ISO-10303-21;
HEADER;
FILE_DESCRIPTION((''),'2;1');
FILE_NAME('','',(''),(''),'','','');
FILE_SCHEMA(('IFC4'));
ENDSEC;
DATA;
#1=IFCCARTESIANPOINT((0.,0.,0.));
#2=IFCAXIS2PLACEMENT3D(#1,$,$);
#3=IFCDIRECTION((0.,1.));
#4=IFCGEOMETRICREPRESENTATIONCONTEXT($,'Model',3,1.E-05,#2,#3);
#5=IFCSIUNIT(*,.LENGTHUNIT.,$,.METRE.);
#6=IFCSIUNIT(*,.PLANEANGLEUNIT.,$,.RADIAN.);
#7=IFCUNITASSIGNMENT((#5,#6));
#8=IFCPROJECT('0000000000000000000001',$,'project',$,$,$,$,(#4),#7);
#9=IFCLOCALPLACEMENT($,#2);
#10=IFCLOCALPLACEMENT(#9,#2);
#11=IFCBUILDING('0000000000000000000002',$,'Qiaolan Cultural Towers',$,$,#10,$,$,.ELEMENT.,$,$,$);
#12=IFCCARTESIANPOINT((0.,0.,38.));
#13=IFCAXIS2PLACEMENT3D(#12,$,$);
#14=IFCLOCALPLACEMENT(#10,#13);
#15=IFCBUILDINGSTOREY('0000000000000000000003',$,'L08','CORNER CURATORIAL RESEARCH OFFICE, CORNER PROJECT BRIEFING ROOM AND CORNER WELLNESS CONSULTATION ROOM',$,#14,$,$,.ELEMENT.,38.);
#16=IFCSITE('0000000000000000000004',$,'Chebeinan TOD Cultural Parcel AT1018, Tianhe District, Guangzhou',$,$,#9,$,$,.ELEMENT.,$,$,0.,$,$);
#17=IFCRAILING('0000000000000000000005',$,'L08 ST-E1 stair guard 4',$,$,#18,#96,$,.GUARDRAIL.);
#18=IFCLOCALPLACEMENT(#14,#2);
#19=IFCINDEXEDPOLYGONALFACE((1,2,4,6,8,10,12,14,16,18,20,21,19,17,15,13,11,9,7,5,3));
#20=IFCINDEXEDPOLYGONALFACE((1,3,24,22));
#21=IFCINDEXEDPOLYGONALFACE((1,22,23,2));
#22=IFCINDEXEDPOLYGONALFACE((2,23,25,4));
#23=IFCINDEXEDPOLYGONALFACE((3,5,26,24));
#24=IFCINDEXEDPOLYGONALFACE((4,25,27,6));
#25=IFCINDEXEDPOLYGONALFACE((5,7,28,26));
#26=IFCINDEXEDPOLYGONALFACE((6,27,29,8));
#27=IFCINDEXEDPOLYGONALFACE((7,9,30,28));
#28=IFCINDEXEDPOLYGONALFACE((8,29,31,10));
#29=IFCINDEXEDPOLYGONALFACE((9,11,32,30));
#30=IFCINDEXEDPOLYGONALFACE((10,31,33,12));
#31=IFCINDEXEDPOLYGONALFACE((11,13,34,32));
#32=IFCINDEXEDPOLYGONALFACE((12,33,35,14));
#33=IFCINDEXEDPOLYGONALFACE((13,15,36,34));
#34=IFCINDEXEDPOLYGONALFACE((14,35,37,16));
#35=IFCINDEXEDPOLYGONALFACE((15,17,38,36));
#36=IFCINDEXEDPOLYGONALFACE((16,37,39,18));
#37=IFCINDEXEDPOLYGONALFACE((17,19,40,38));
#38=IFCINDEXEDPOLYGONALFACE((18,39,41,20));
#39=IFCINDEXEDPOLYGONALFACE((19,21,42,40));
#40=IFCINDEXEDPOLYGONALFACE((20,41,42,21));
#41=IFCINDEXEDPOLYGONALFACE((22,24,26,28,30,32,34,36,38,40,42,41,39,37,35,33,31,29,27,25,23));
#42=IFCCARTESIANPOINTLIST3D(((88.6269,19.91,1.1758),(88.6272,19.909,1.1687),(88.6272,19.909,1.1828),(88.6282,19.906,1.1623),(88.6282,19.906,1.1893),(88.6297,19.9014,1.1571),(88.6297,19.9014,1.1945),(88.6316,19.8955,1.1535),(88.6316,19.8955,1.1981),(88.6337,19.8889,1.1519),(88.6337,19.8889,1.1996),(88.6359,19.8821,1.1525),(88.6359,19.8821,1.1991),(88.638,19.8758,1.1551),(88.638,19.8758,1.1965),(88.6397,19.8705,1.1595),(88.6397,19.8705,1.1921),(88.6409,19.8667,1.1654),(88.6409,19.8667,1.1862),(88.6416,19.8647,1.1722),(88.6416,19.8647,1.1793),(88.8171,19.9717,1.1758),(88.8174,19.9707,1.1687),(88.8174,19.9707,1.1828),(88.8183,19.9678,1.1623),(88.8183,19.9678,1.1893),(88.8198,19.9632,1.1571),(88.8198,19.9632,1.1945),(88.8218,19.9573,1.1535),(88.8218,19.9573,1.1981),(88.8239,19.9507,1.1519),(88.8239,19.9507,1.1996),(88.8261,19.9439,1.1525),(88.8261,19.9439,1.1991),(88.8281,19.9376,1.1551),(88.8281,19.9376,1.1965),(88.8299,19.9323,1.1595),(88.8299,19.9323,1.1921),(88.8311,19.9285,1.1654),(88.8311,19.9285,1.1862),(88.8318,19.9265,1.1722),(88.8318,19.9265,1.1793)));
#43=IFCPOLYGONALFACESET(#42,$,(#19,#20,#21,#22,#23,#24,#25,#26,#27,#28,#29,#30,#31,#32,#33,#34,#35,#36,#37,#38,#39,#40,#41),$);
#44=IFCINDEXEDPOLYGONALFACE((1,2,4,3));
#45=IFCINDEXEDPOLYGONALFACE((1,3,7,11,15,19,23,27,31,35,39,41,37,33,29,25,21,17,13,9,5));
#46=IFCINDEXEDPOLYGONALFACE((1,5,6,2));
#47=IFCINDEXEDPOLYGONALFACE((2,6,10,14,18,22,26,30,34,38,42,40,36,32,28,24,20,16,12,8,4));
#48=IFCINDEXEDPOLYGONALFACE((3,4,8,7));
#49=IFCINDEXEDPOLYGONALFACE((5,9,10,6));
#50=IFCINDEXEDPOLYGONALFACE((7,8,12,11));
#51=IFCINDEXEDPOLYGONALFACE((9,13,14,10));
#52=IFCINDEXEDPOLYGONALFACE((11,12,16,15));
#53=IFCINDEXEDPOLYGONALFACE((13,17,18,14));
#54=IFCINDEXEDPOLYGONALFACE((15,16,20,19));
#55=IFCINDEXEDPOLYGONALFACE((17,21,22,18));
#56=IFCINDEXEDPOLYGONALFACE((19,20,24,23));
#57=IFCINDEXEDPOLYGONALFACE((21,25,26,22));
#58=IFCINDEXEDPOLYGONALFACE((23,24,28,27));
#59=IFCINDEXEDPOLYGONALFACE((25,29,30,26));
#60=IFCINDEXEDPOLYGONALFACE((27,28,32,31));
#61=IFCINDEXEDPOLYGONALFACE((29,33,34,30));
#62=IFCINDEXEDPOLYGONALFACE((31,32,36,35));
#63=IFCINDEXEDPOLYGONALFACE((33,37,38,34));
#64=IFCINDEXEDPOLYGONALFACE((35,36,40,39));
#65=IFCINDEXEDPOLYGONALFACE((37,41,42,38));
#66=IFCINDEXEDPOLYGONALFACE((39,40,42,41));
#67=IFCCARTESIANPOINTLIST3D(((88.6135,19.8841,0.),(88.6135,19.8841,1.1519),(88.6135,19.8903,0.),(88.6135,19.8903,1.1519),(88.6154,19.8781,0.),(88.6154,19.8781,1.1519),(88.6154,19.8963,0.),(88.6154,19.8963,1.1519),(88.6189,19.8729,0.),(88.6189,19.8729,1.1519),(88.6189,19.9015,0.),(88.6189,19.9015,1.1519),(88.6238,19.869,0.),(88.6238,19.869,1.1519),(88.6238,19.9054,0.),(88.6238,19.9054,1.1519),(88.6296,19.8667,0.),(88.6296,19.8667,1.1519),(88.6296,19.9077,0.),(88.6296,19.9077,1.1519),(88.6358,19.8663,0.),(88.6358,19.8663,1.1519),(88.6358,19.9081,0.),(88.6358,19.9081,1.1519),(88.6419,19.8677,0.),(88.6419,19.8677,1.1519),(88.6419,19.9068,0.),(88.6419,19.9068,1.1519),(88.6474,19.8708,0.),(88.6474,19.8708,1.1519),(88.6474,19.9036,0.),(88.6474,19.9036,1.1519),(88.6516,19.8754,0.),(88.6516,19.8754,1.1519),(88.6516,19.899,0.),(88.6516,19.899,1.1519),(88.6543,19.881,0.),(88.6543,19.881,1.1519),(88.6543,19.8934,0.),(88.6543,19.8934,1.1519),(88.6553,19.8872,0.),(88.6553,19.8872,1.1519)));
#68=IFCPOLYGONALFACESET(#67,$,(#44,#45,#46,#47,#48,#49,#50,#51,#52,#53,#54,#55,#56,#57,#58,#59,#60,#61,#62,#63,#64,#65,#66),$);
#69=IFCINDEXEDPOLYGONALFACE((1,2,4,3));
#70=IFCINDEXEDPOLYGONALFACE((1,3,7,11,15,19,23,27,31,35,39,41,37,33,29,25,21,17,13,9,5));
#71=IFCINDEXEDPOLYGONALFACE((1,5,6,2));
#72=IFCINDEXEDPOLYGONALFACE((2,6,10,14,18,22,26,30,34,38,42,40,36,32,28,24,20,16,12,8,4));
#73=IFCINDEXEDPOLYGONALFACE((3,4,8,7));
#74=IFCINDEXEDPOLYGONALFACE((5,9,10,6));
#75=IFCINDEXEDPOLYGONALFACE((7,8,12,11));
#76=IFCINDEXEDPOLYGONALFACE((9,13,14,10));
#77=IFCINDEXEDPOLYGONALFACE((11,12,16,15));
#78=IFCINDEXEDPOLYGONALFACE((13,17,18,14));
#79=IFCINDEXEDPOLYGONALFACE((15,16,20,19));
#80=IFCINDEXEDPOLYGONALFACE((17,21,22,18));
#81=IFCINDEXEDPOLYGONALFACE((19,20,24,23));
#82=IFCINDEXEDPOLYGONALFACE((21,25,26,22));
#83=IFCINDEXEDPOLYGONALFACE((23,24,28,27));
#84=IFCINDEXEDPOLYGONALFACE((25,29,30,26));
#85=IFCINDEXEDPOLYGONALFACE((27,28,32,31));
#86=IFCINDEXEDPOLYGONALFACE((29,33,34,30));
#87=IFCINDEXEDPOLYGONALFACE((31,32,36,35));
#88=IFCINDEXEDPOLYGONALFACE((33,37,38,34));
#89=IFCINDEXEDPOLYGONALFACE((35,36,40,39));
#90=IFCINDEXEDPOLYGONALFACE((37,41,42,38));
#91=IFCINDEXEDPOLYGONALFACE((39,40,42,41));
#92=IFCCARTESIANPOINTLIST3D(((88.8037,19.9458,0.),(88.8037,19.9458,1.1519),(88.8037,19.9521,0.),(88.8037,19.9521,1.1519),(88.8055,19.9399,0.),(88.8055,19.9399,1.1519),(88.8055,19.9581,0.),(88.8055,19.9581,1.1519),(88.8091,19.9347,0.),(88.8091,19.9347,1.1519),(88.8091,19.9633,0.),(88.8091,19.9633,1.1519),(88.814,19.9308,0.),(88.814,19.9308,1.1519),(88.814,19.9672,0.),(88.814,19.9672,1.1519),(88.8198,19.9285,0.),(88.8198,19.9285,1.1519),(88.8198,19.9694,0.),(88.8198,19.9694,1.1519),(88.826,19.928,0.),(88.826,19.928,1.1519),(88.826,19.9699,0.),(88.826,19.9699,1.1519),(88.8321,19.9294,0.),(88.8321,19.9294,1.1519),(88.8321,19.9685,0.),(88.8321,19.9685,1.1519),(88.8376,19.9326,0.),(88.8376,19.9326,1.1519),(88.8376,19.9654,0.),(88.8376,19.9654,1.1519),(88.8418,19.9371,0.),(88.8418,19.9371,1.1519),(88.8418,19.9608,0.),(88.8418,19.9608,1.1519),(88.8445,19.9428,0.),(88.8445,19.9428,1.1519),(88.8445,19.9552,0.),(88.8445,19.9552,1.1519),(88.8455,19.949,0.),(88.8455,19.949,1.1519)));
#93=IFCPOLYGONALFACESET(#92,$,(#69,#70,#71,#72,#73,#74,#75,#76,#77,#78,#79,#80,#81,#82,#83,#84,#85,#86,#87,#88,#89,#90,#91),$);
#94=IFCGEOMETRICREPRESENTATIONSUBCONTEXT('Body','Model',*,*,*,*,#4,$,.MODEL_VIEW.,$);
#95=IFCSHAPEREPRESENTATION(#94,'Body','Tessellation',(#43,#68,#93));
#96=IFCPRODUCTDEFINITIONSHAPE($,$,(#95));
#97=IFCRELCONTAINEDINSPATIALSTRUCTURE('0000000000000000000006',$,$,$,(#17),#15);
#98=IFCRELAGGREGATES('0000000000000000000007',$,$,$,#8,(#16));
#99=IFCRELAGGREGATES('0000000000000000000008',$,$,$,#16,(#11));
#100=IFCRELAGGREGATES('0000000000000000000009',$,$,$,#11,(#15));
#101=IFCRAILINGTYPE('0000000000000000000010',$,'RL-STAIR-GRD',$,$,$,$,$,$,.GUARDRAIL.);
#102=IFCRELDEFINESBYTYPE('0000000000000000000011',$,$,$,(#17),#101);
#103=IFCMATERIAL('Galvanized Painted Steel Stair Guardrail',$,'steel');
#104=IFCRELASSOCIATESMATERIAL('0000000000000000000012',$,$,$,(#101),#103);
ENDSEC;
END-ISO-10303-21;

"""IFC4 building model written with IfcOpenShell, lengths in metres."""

from ifc_helpers import new_model, si_unit, direction, frame, origin, origin_2d, place, context, subcontext, project, spatial, circle, extrude, material, type_object, element, save


model = new_model("IFC4")

# Units and contexts
model_context = context("Model", 3, precision=1e-05, world=origin(), true_north=direction((0.0, 1.0)))
body_context = subcontext(model_context, "Body", "Model", "MODEL_VIEW")
ifc_project = project(units=[si_unit("LENGTHUNIT", "METRE"), si_unit("PLANEANGLEUNIT", "RADIAN")], contexts=[model_context])

# Site, building, storey
site_placement = place(None, origin())
site = spatial("IfcSite", under=ifc_project, at=site_placement, Name="Chebeinan TOD Cultural Parcel AT1018, Tianhe District, Guangzhou", CompositionType="ELEMENT", RefElevation=0.0)
building_placement = place(site_placement, origin())
building = spatial("IfcBuilding", under=site, at=building_placement, Name="Qiaolan Cultural Towers", CompositionType="ELEMENT")
storey_placement = place(building_placement, frame((0.0, 0.0, 38.0)))
storey = spatial("IfcBuildingStorey", under=building, at=storey_placement, Name="L08", Description="CORNER CURATORIAL RESEARCH OFFICE, CORNER PROJECT BRIEFING ROOM AND CORNER WELLNESS CONSULTATION ROOM", CompositionType="ELEMENT", Elevation=38.0)

# Railing
ifc_material_1 = material(Name="Galvanized Painted Steel Stair Guardrail", Category="steel")
railing_type_1 = type_object("IfcRailingType", Name="RL-STAIR-GRD", PredefinedType="GUARDRAIL", material=ifc_material_1)
railing_1_placement = place(storey_placement, frame((88.6343, 19.8872, 0.0)))
element("IfcRailing", 1, at=railing_1_placement, inside=storey, type_object=railing_type_1, Name="L08 ST-E1 stair guard 4", PredefinedType="GUARDRAIL", context=body_context, shape_type="SweptSolid", body=[
    extrude(circle(Radius=0.0239, at=origin_2d()), frame((0.0, 0.0, 1.1758), z_axis=(0.951097, 0.308893, 0.0), x_axis=(-0.308893, 0.951097, 0.0)), (0.0, 0.0, 1.0), 0.2),
    extrude(circle(Radius=0.021, at=origin_2d()), origin(), (0.0, 0.0, 1.0), 1.1519),
    extrude(circle(Radius=0.021, at=origin_2d()), frame((0.1902, 0.0618, 0.0)), (0.0, 0.0, 1.0), 1.1519),
])

save(model, "model.ifc")
